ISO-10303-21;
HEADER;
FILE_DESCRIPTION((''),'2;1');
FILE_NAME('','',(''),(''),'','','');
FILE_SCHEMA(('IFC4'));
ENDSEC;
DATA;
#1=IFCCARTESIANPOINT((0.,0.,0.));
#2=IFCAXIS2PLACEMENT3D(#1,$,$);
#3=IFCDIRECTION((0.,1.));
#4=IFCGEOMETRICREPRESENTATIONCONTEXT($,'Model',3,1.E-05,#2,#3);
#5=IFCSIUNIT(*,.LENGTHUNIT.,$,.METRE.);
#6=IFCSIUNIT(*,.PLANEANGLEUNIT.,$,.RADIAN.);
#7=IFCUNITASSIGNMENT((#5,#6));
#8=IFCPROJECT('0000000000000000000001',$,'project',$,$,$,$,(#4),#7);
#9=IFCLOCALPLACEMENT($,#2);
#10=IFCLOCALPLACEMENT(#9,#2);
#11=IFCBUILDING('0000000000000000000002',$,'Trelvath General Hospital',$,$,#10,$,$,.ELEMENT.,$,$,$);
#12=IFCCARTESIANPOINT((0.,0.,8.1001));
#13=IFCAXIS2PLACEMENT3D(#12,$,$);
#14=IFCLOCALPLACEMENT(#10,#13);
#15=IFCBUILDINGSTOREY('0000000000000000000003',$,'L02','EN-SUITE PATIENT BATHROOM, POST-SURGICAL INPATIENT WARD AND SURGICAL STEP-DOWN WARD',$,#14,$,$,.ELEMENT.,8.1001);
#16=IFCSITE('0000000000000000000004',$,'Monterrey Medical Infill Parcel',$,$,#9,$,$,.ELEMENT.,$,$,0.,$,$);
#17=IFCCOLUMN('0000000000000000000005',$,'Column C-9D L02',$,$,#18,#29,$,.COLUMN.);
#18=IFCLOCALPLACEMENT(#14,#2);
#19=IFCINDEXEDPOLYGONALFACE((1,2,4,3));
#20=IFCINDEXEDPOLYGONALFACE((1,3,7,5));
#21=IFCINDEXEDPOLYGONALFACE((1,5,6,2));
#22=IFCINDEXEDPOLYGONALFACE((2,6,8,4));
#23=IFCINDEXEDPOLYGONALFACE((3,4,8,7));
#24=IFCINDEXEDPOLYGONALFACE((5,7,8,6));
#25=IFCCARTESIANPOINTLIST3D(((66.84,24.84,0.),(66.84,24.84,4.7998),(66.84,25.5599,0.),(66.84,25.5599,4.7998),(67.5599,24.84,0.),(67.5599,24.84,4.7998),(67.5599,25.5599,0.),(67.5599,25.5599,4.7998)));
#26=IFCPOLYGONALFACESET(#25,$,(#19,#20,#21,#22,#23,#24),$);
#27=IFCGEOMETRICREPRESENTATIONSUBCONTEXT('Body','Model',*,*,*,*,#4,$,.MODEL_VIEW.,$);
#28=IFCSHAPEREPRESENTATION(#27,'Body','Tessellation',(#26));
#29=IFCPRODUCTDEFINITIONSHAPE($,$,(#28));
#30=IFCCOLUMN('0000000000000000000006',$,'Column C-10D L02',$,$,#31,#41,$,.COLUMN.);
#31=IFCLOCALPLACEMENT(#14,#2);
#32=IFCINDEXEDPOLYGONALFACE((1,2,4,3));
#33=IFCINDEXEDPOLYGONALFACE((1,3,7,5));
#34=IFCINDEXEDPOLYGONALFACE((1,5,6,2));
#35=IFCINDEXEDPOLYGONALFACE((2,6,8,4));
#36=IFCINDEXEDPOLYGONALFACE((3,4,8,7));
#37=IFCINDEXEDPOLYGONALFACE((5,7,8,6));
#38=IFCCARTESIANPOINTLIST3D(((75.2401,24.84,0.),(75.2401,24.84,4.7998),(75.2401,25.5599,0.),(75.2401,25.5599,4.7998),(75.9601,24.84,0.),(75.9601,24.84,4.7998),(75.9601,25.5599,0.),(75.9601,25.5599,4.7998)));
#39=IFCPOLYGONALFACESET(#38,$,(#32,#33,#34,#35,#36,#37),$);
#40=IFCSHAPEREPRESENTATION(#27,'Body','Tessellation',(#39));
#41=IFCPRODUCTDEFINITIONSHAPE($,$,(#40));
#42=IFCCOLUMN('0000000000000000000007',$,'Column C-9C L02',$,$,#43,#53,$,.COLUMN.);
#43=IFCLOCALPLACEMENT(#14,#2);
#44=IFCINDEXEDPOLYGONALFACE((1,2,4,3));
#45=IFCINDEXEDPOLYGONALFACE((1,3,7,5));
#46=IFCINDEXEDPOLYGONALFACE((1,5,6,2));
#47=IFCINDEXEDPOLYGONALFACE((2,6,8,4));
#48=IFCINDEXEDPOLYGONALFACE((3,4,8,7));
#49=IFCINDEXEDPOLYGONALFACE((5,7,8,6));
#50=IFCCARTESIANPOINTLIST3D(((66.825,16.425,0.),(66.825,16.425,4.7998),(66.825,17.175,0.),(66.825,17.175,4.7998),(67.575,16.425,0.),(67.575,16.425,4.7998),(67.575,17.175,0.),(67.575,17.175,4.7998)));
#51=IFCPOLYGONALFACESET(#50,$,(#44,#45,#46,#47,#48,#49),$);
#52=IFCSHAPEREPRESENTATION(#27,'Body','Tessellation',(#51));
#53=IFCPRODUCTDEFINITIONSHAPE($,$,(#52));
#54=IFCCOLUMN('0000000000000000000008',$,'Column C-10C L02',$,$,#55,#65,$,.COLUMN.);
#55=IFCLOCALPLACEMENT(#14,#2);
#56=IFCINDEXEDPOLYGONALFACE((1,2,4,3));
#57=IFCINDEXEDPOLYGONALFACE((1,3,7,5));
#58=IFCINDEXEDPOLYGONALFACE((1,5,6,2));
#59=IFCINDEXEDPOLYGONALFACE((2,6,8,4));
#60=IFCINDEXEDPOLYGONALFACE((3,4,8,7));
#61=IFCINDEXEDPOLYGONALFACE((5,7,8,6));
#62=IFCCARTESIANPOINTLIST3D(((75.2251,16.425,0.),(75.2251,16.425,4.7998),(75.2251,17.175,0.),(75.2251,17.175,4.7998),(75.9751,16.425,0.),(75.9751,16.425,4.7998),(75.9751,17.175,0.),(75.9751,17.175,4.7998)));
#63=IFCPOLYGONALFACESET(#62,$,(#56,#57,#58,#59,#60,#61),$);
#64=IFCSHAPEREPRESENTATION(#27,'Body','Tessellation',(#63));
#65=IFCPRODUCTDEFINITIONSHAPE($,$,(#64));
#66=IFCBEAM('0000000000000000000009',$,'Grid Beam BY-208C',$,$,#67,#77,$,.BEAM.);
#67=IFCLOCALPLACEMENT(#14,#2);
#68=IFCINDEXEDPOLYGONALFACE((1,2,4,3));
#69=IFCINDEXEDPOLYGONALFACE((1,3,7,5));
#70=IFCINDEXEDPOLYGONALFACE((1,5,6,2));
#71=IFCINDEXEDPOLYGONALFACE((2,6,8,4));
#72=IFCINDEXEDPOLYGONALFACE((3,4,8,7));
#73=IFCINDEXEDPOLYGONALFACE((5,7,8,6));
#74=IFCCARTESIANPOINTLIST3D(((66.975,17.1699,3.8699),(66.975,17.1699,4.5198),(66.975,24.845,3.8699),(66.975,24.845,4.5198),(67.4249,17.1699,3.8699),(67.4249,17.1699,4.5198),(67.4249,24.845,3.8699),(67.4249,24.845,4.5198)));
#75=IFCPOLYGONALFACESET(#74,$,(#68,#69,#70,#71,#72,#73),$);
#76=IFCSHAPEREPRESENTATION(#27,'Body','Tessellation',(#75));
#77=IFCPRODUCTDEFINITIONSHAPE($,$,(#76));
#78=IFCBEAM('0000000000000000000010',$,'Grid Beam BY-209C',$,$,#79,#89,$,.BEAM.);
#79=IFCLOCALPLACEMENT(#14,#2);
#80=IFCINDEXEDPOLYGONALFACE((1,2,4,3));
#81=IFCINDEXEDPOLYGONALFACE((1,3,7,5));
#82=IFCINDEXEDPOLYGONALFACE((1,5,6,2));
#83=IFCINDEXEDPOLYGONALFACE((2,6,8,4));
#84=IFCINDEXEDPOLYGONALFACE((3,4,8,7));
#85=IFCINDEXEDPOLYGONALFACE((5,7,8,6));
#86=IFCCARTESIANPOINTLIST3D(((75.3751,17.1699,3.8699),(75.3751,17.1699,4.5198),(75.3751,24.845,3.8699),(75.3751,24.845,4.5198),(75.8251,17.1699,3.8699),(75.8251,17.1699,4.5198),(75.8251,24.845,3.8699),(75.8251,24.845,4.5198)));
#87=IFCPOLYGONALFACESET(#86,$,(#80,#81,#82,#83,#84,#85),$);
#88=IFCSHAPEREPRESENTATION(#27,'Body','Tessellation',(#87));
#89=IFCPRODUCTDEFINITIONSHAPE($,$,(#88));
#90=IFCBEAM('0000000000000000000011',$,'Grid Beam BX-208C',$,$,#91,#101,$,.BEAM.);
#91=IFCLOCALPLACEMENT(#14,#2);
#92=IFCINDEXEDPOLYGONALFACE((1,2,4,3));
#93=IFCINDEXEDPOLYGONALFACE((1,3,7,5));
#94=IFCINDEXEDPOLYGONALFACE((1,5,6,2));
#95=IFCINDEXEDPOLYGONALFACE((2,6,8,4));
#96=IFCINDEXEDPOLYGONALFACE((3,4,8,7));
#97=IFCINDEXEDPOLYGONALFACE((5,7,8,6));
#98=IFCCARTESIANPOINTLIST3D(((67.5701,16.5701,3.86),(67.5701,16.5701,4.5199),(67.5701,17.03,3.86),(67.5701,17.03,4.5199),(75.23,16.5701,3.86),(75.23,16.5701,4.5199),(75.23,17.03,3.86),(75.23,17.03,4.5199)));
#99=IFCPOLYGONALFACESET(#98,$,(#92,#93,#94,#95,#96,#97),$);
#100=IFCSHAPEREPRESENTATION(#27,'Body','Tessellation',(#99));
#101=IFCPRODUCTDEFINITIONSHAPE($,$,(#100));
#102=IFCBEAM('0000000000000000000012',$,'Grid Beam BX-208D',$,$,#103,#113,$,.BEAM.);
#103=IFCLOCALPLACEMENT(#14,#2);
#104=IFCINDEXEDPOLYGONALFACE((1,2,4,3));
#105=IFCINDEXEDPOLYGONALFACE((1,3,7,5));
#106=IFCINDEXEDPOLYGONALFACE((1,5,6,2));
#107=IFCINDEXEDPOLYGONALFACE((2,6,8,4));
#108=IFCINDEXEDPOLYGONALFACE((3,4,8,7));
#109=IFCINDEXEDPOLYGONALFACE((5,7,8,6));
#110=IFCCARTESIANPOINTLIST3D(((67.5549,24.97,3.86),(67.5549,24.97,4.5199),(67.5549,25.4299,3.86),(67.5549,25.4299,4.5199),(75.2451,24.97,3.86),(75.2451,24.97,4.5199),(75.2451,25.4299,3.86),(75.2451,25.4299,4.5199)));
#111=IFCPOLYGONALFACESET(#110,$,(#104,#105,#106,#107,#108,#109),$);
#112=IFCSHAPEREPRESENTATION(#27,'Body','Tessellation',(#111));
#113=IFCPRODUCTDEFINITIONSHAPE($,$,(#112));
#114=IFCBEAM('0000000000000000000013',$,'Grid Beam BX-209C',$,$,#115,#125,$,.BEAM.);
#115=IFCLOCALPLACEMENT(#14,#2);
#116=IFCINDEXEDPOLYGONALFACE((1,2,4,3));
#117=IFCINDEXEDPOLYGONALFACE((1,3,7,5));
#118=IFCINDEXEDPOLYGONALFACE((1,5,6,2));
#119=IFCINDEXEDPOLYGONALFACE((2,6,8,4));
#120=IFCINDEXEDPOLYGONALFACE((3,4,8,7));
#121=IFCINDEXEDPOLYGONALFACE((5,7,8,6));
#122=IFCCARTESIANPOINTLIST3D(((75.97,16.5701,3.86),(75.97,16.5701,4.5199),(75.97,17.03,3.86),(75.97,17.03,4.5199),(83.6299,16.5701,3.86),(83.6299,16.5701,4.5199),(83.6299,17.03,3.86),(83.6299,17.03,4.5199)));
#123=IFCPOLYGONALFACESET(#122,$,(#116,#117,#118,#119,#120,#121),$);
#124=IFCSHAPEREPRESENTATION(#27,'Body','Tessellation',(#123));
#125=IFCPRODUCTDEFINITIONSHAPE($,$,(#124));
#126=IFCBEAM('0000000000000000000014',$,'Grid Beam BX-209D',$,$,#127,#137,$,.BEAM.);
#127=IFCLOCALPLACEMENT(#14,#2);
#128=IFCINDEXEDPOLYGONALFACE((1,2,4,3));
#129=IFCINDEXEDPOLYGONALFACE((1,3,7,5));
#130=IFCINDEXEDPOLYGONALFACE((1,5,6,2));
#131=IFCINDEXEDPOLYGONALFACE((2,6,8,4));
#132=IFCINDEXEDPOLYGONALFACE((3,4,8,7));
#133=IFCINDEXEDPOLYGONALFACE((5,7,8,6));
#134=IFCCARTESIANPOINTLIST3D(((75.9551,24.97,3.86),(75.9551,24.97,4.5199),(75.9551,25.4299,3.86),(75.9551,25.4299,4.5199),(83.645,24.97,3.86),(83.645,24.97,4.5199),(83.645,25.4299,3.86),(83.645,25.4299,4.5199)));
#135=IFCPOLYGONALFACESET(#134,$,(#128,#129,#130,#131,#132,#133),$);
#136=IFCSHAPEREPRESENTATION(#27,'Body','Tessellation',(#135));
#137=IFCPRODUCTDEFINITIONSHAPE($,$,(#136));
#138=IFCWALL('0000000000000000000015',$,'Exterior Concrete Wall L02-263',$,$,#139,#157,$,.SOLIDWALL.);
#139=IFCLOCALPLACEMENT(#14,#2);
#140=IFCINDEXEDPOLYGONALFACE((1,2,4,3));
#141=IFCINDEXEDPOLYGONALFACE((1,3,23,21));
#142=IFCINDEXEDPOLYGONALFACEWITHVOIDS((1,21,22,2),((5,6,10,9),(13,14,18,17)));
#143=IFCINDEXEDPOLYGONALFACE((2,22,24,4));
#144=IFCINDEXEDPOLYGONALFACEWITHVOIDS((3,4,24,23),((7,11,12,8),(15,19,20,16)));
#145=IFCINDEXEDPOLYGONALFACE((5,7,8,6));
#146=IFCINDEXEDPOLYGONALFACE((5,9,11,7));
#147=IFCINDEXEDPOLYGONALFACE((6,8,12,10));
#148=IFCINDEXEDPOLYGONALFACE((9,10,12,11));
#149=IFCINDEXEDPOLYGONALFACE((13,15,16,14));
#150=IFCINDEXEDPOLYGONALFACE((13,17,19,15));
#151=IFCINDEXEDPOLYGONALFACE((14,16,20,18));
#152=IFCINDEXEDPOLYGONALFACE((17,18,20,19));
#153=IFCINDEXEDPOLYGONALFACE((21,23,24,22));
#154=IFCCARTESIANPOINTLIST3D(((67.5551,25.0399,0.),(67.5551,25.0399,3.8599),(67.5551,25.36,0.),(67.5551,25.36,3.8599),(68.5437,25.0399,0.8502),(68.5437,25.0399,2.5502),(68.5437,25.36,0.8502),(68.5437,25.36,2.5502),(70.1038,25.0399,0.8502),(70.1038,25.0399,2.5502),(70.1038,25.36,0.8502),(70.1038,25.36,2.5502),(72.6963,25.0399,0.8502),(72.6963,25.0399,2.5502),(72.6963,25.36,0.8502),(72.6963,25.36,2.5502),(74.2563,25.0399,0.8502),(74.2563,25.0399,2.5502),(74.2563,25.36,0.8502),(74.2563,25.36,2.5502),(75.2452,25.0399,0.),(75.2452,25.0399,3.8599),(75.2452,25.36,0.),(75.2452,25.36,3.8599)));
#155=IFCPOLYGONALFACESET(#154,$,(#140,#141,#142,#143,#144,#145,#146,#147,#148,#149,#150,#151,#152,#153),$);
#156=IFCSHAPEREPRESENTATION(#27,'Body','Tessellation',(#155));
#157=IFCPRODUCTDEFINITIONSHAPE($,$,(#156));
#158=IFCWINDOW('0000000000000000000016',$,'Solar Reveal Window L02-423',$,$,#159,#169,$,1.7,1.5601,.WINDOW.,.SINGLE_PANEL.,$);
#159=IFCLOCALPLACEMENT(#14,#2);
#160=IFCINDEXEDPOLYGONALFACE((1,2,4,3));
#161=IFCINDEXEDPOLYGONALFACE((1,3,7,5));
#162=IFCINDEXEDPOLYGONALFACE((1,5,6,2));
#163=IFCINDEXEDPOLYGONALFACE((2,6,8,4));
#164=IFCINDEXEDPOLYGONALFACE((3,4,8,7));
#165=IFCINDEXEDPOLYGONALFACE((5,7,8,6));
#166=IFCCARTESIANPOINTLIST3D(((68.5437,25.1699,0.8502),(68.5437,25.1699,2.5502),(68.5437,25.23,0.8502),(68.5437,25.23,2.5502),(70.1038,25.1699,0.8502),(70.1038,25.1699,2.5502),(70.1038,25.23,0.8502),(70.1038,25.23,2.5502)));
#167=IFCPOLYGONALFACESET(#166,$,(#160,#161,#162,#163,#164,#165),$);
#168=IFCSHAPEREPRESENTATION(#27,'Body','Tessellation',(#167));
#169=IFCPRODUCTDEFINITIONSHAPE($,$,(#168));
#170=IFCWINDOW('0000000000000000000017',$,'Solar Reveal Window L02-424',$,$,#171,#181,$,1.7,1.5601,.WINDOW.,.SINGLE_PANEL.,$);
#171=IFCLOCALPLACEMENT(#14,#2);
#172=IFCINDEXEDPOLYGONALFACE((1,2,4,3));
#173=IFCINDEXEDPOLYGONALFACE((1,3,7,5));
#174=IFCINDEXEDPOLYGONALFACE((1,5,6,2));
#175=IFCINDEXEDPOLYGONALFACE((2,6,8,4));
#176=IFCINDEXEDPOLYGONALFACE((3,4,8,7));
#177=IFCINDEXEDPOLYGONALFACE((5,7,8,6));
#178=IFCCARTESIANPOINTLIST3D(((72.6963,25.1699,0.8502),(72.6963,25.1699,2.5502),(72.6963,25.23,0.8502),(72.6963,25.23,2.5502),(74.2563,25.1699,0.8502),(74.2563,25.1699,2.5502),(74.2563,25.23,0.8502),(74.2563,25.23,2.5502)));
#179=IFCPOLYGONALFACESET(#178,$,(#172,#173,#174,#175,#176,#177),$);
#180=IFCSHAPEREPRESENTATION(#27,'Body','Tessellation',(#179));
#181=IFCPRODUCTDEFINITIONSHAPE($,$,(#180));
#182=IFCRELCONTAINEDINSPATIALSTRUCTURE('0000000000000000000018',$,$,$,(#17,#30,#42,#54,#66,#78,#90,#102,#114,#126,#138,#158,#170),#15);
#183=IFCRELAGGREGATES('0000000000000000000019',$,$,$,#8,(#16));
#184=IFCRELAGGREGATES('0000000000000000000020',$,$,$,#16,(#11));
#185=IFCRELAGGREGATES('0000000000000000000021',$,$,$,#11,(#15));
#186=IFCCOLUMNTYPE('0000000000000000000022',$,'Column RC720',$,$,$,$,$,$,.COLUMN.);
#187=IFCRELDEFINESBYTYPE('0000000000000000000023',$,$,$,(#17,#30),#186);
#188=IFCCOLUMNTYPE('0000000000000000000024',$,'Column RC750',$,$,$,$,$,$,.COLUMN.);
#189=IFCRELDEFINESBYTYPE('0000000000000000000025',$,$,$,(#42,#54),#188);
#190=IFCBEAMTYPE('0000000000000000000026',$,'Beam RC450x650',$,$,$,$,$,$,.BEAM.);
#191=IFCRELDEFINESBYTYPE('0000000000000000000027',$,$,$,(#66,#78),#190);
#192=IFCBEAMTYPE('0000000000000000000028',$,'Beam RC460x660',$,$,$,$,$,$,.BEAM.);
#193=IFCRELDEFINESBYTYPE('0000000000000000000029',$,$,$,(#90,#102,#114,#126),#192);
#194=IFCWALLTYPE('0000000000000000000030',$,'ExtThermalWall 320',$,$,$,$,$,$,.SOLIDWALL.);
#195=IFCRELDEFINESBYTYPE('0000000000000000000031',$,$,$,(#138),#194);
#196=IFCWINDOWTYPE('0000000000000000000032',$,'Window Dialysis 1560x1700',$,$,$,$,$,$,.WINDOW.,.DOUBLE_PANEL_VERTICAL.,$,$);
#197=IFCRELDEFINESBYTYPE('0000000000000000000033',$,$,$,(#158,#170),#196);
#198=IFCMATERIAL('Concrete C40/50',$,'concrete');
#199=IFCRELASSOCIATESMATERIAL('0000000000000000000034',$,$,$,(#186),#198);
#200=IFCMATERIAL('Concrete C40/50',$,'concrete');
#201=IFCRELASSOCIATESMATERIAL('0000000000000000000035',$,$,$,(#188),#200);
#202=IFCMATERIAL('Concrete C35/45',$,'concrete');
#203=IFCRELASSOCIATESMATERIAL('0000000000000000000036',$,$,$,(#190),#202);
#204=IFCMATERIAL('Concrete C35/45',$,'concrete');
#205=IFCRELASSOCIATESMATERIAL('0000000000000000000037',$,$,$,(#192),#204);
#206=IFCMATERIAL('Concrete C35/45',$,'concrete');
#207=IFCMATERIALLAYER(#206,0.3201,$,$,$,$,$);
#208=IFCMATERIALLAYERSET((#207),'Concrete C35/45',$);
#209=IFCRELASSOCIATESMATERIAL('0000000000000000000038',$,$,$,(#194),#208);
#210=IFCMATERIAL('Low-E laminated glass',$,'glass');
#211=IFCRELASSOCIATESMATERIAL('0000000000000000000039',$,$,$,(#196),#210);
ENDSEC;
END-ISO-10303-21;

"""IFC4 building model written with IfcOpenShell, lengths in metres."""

from ifc_helpers import new_model, si_unit, direction, frame, frame_2d, origin, origin_2d, place, context, subcontext, project, spatial, rectangle, extrude, material, layer, layer_set, material_profile, profile_set, type_object, element, fill, save


model = new_model("IFC4")

# Units and contexts
model_context = context("Model", 3, precision=1e-05, world=origin(), true_north=direction((0.0, 1.0)))
body_context = subcontext(model_context, "Body", "Model", "MODEL_VIEW")
ifc_project = project(units=[si_unit("LENGTHUNIT", "METRE"), si_unit("PLANEANGLEUNIT", "RADIAN")], contexts=[model_context])

# Site, building, storey
site_placement = place(None, origin())
site = spatial("IfcSite", under=ifc_project, at=site_placement, Name="Monterrey Medical Infill Parcel", CompositionType="ELEMENT", RefElevation=0.0)
building_placement = place(site_placement, origin())
building = spatial("IfcBuilding", under=site, at=building_placement, Name="Trelvath General Hospital", CompositionType="ELEMENT")
storey_placement = place(building_placement, frame((0.0, 0.0, 8.1001)))
storey = spatial("IfcBuildingStorey", under=building, at=storey_placement, Name="L02", Description="EN-SUITE PATIENT BATHROOM, POST-SURGICAL INPATIENT WARD AND SURGICAL STEP-DOWN WARD", CompositionType="ELEMENT", Elevation=8.1001)

# Columns
ifc_material_1 = material(Name="Concrete C40/50", Category="concrete")
ifc_material_profile_1 = material_profile(ifc_material_1, rectangle(XDim=0.72, YDim=0.72, at=origin_2d()), Name="RC720x720")
ifc_profile_set_1 = profile_set([ifc_material_profile_1], Name="Concrete C40/50")
column_type_1 = type_object("IfcColumnType", Name="Column RC720", PredefinedType="COLUMN", material=ifc_profile_set_1)
for number, where, z_axis, x_axis, name in (
    (1, (67.2, 25.2, 0.0), (0.0, 0.0, 1.0), (1.0, 0.0, 0.0), "Column C-9D L02"),
    (2, (75.6001, 25.2, 0.0), (0.0, 0.0, 1.0), (1.0, 0.0, 0.0), "Column C-10D L02"),
):
    element("IfcColumn", number, at=place(storey_placement, frame(where, z_axis=z_axis, x_axis=x_axis)), inside=storey, type_object=column_type_1, Name=name, PredefinedType="COLUMN", context=body_context, shape_type="SweptSolid", body=[
        extrude(rectangle(XDim=0.72, YDim=0.72, at=origin_2d()), origin(), (0.0, 0.0, 1.0), 4.7998),
    ])
ifc_material_2 = material(Name="Concrete C40/50", Category="concrete")
ifc_material_profile_2 = material_profile(ifc_material_2, rectangle(XDim=0.75, YDim=0.75, at=origin_2d()), Name="RC750x750")
ifc_profile_set_2 = profile_set([ifc_material_profile_2], Name="Concrete C40/50")
column_type_2 = type_object("IfcColumnType", Name="Column RC750", PredefinedType="COLUMN", material=ifc_profile_set_2)
for number, where, z_axis, x_axis, name in (
    (3, (67.2, 16.8, 0.0), (0.0, 0.0, 1.0), (1.0, 0.0, 0.0), "Column C-9C L02"),
    (4, (75.6001, 16.8, 0.0), (0.0, 0.0, 1.0), (1.0, 0.0, 0.0), "Column C-10C L02"),
):
    element("IfcColumn", number, at=place(storey_placement, frame(where, z_axis=z_axis, x_axis=x_axis)), inside=storey, type_object=column_type_2, Name=name, PredefinedType="COLUMN", context=body_context, shape_type="SweptSolid", body=[
        extrude(rectangle(XDim=0.75, YDim=0.75, at=origin_2d()), origin(), (0.0, 0.0, 1.0), 4.7998),
    ])

# Beams
ifc_material_3 = material(Name="Concrete C35/45", Category="concrete")
ifc_material_profile_3 = material_profile(ifc_material_3, rectangle(XDim=0.45, YDim=0.6499, at=origin_2d()), Name="RCB450x650")
ifc_profile_set_3 = profile_set([ifc_material_profile_3], Name="Concrete C35/45")
beam_type_1 = type_object("IfcBeamType", Name="Beam RC450x650", PredefinedType="BEAM", material=ifc_profile_set_3)
for number, where, z_axis, x_axis, name in (
    (5, (67.2, 17.1699, 4.1948), (0.0, 1.0, 0.0), (-1.0, 0.0, 0.0), "Grid Beam BY-208C"),
    (6, (75.6001, 17.1699, 4.1948), (0.0, 1.0, 0.0), (-1.0, 0.0, 0.0), "Grid Beam BY-209C"),
):
    element("IfcBeam", number, at=place(storey_placement, frame(where, z_axis=z_axis, x_axis=x_axis)), inside=storey, type_object=beam_type_1, Name=name, PredefinedType="BEAM", context=body_context, shape_type="SweptSolid", body=[
        extrude(rectangle(XDim=0.45, YDim=0.6499, at=origin_2d()), origin(), (0.0, 0.0, 1.0), 7.675),
    ])
ifc_material_4 = material(Name="Concrete C35/45", Category="concrete")
ifc_material_profile_4 = material_profile(ifc_material_4, rectangle(XDim=0.46, YDim=0.6599, at=origin_2d()), Name="RCB460x660")
ifc_profile_set_4 = profile_set([ifc_material_profile_4], Name="Concrete C35/45")
beam_type_2 = type_object("IfcBeamType", Name="Beam RC460x660", PredefinedType="BEAM", material=ifc_profile_set_4)
beam_1_placement = place(storey_placement, frame((67.5701, 16.8, 4.1899), z_axis=(1.0, 0.0, 0.0), x_axis=(0.0, 1.0, 0.0)))
element("IfcBeam", 7, at=beam_1_placement, inside=storey, type_object=beam_type_2, Name="Grid Beam BX-208C", PredefinedType="BEAM", context=body_context, shape_type="SweptSolid", body=[
    extrude(rectangle(XDim=0.46, YDim=0.6599, at=origin_2d()), origin(), (0.0, 0.0, 1.0), 7.6599),
])
beam_2_placement = place(storey_placement, frame((67.5549, 25.2, 4.1899), z_axis=(1.0, 0.0, 0.0), x_axis=(0.0, 1.0, 0.0)))
element("IfcBeam", 8, at=beam_2_placement, inside=storey, type_object=beam_type_2, Name="Grid Beam BX-208D", PredefinedType="BEAM", context=body_context, shape_type="SweptSolid", body=[
    extrude(rectangle(XDim=0.46, YDim=0.6599, at=origin_2d()), origin(), (0.0, 0.0, 1.0), 7.6902),
])
beam_3_placement = place(storey_placement, frame((75.97, 16.8, 4.1899), z_axis=(1.0, 0.0, 0.0), x_axis=(0.0, 1.0, 0.0)))
element("IfcBeam", 9, at=beam_3_placement, inside=storey, type_object=beam_type_2, Name="Grid Beam BX-209C", PredefinedType="BEAM", context=body_context, shape_type="SweptSolid", body=[
    extrude(rectangle(XDim=0.46, YDim=0.6599, at=origin_2d()), origin(), (0.0, 0.0, 1.0), 7.6599),
])
beam_4_placement = place(storey_placement, frame((75.9551, 25.2, 4.1899), z_axis=(1.0, 0.0, 0.0), x_axis=(0.0, 1.0, 0.0)))
element("IfcBeam", 10, at=beam_4_placement, inside=storey, type_object=beam_type_2, Name="Grid Beam BX-209D", PredefinedType="BEAM", context=body_context, shape_type="SweptSolid", body=[
    extrude(rectangle(XDim=0.46, YDim=0.6599, at=origin_2d()), origin(), (0.0, 0.0, 1.0), 7.6899),
])

# Wall, openings, windows
ifc_material_5 = material(Name="Concrete C35/45", Category="concrete")
ifc_layer_1 = layer(ifc_material_5, 0.3201)
ifc_layer_set_1 = layer_set([ifc_layer_1], Name="Concrete C35/45")
wall_type_1 = type_object("IfcWallType", Name="ExtThermalWall 320", PredefinedType="SOLIDWALL", material=ifc_layer_set_1)
wall_1_placement = place(storey_placement, frame((67.5549, 25.2, 0.0), z_axis=(0.0, 0.0, 1.0), x_axis=(1.0, 0.0, 0.0)))
wall_1 = element("IfcWall", 11, at=wall_1_placement, inside=storey, type_object=wall_type_1, Name="Exterior Concrete Wall L02-263", PredefinedType="SOLIDWALL", context=body_context, shape_type="SweptSolid", body=[
    extrude(rectangle(XDim=7.6902, YDim=0.3201, at=frame_2d((3.8452, 0.0))), origin(), (0.0, 0.0, 1.0), 3.8599),
])
opening_1_placement = place(wall_1_placement, frame((0.9888, 0.0, 0.8501)))
opening_1 = element("IfcOpeningElement", 12, at=opening_1_placement, cuts=wall_1, PredefinedType="OPENING", context=body_context, shape_type="SweptSolid", body=[
    extrude(rectangle(XDim=1.5601, YDim=1.7, at=frame_2d((0.78, 0.8501))), frame((0.0, 0.1699, 0.0), z_axis=(0.0, -1.0, 0.0), x_axis=(1.0, 0.0, 0.0)), (0.0, 0.0, 1.0), 0.3401),
])
opening_2_placement = place(wall_1_placement, frame((5.1414, 0.0, 0.8501)))
opening_2 = element("IfcOpeningElement", 13, at=opening_2_placement, cuts=wall_1, PredefinedType="OPENING", context=body_context, shape_type="SweptSolid", body=[
    extrude(rectangle(XDim=1.5601, YDim=1.7, at=frame_2d((0.78, 0.8501))), frame((0.0, 0.1699, 0.0), z_axis=(0.0, -1.0, 0.0), x_axis=(1.0, 0.0, 0.0)), (0.0, 0.0, 1.0), 0.3401),
])
ifc_material_6 = material(Name="Low-E laminated glass", Category="glass")
window_type = type_object("IfcWindowType", Name="Window Dialysis 1560x1700", PartitioningType="DOUBLE_PANEL_VERTICAL", PredefinedType="WINDOW", material=ifc_material_6)
window_1_placement = place(opening_1_placement, origin())
window_1 = element("IfcWindow", 14, at=window_1_placement, inside=storey, type_object=window_type, Name="Solar Reveal Window L02-423", OverallHeight=1.7, OverallWidth=1.5601, PartitioningType="SINGLE_PANEL", PredefinedType="WINDOW", context=body_context, shape_type="SweptSolid", body=[
    extrude(rectangle(XDim=1.5601, YDim=1.7, at=frame_2d((0.78, 0.8501))), frame((0.0, 0.03, 0.0), z_axis=(0.0, -1.0, 0.0), x_axis=(1.0, 0.0, 0.0)), (0.0, 0.0, 1.0), 0.0601),
])
fill(opening_1, window_1)
window_2_placement = place(opening_2_placement, origin())
window_2 = element("IfcWindow", 15, at=window_2_placement, inside=storey, type_object=window_type, Name="Solar Reveal Window L02-424", OverallHeight=1.7, OverallWidth=1.5601, PartitioningType="SINGLE_PANEL", PredefinedType="WINDOW", context=body_context, shape_type="SweptSolid", body=[
    extrude(rectangle(XDim=1.5601, YDim=1.7, at=frame_2d((0.78, 0.8501))), frame((0.0, 0.03, 0.0), z_axis=(0.0, -1.0, 0.0), x_axis=(1.0, 0.0, 0.0)), (0.0, 0.0, 1.0), 0.0601),
])
fill(opening_2, window_2)

save(model, "model.ifc")
